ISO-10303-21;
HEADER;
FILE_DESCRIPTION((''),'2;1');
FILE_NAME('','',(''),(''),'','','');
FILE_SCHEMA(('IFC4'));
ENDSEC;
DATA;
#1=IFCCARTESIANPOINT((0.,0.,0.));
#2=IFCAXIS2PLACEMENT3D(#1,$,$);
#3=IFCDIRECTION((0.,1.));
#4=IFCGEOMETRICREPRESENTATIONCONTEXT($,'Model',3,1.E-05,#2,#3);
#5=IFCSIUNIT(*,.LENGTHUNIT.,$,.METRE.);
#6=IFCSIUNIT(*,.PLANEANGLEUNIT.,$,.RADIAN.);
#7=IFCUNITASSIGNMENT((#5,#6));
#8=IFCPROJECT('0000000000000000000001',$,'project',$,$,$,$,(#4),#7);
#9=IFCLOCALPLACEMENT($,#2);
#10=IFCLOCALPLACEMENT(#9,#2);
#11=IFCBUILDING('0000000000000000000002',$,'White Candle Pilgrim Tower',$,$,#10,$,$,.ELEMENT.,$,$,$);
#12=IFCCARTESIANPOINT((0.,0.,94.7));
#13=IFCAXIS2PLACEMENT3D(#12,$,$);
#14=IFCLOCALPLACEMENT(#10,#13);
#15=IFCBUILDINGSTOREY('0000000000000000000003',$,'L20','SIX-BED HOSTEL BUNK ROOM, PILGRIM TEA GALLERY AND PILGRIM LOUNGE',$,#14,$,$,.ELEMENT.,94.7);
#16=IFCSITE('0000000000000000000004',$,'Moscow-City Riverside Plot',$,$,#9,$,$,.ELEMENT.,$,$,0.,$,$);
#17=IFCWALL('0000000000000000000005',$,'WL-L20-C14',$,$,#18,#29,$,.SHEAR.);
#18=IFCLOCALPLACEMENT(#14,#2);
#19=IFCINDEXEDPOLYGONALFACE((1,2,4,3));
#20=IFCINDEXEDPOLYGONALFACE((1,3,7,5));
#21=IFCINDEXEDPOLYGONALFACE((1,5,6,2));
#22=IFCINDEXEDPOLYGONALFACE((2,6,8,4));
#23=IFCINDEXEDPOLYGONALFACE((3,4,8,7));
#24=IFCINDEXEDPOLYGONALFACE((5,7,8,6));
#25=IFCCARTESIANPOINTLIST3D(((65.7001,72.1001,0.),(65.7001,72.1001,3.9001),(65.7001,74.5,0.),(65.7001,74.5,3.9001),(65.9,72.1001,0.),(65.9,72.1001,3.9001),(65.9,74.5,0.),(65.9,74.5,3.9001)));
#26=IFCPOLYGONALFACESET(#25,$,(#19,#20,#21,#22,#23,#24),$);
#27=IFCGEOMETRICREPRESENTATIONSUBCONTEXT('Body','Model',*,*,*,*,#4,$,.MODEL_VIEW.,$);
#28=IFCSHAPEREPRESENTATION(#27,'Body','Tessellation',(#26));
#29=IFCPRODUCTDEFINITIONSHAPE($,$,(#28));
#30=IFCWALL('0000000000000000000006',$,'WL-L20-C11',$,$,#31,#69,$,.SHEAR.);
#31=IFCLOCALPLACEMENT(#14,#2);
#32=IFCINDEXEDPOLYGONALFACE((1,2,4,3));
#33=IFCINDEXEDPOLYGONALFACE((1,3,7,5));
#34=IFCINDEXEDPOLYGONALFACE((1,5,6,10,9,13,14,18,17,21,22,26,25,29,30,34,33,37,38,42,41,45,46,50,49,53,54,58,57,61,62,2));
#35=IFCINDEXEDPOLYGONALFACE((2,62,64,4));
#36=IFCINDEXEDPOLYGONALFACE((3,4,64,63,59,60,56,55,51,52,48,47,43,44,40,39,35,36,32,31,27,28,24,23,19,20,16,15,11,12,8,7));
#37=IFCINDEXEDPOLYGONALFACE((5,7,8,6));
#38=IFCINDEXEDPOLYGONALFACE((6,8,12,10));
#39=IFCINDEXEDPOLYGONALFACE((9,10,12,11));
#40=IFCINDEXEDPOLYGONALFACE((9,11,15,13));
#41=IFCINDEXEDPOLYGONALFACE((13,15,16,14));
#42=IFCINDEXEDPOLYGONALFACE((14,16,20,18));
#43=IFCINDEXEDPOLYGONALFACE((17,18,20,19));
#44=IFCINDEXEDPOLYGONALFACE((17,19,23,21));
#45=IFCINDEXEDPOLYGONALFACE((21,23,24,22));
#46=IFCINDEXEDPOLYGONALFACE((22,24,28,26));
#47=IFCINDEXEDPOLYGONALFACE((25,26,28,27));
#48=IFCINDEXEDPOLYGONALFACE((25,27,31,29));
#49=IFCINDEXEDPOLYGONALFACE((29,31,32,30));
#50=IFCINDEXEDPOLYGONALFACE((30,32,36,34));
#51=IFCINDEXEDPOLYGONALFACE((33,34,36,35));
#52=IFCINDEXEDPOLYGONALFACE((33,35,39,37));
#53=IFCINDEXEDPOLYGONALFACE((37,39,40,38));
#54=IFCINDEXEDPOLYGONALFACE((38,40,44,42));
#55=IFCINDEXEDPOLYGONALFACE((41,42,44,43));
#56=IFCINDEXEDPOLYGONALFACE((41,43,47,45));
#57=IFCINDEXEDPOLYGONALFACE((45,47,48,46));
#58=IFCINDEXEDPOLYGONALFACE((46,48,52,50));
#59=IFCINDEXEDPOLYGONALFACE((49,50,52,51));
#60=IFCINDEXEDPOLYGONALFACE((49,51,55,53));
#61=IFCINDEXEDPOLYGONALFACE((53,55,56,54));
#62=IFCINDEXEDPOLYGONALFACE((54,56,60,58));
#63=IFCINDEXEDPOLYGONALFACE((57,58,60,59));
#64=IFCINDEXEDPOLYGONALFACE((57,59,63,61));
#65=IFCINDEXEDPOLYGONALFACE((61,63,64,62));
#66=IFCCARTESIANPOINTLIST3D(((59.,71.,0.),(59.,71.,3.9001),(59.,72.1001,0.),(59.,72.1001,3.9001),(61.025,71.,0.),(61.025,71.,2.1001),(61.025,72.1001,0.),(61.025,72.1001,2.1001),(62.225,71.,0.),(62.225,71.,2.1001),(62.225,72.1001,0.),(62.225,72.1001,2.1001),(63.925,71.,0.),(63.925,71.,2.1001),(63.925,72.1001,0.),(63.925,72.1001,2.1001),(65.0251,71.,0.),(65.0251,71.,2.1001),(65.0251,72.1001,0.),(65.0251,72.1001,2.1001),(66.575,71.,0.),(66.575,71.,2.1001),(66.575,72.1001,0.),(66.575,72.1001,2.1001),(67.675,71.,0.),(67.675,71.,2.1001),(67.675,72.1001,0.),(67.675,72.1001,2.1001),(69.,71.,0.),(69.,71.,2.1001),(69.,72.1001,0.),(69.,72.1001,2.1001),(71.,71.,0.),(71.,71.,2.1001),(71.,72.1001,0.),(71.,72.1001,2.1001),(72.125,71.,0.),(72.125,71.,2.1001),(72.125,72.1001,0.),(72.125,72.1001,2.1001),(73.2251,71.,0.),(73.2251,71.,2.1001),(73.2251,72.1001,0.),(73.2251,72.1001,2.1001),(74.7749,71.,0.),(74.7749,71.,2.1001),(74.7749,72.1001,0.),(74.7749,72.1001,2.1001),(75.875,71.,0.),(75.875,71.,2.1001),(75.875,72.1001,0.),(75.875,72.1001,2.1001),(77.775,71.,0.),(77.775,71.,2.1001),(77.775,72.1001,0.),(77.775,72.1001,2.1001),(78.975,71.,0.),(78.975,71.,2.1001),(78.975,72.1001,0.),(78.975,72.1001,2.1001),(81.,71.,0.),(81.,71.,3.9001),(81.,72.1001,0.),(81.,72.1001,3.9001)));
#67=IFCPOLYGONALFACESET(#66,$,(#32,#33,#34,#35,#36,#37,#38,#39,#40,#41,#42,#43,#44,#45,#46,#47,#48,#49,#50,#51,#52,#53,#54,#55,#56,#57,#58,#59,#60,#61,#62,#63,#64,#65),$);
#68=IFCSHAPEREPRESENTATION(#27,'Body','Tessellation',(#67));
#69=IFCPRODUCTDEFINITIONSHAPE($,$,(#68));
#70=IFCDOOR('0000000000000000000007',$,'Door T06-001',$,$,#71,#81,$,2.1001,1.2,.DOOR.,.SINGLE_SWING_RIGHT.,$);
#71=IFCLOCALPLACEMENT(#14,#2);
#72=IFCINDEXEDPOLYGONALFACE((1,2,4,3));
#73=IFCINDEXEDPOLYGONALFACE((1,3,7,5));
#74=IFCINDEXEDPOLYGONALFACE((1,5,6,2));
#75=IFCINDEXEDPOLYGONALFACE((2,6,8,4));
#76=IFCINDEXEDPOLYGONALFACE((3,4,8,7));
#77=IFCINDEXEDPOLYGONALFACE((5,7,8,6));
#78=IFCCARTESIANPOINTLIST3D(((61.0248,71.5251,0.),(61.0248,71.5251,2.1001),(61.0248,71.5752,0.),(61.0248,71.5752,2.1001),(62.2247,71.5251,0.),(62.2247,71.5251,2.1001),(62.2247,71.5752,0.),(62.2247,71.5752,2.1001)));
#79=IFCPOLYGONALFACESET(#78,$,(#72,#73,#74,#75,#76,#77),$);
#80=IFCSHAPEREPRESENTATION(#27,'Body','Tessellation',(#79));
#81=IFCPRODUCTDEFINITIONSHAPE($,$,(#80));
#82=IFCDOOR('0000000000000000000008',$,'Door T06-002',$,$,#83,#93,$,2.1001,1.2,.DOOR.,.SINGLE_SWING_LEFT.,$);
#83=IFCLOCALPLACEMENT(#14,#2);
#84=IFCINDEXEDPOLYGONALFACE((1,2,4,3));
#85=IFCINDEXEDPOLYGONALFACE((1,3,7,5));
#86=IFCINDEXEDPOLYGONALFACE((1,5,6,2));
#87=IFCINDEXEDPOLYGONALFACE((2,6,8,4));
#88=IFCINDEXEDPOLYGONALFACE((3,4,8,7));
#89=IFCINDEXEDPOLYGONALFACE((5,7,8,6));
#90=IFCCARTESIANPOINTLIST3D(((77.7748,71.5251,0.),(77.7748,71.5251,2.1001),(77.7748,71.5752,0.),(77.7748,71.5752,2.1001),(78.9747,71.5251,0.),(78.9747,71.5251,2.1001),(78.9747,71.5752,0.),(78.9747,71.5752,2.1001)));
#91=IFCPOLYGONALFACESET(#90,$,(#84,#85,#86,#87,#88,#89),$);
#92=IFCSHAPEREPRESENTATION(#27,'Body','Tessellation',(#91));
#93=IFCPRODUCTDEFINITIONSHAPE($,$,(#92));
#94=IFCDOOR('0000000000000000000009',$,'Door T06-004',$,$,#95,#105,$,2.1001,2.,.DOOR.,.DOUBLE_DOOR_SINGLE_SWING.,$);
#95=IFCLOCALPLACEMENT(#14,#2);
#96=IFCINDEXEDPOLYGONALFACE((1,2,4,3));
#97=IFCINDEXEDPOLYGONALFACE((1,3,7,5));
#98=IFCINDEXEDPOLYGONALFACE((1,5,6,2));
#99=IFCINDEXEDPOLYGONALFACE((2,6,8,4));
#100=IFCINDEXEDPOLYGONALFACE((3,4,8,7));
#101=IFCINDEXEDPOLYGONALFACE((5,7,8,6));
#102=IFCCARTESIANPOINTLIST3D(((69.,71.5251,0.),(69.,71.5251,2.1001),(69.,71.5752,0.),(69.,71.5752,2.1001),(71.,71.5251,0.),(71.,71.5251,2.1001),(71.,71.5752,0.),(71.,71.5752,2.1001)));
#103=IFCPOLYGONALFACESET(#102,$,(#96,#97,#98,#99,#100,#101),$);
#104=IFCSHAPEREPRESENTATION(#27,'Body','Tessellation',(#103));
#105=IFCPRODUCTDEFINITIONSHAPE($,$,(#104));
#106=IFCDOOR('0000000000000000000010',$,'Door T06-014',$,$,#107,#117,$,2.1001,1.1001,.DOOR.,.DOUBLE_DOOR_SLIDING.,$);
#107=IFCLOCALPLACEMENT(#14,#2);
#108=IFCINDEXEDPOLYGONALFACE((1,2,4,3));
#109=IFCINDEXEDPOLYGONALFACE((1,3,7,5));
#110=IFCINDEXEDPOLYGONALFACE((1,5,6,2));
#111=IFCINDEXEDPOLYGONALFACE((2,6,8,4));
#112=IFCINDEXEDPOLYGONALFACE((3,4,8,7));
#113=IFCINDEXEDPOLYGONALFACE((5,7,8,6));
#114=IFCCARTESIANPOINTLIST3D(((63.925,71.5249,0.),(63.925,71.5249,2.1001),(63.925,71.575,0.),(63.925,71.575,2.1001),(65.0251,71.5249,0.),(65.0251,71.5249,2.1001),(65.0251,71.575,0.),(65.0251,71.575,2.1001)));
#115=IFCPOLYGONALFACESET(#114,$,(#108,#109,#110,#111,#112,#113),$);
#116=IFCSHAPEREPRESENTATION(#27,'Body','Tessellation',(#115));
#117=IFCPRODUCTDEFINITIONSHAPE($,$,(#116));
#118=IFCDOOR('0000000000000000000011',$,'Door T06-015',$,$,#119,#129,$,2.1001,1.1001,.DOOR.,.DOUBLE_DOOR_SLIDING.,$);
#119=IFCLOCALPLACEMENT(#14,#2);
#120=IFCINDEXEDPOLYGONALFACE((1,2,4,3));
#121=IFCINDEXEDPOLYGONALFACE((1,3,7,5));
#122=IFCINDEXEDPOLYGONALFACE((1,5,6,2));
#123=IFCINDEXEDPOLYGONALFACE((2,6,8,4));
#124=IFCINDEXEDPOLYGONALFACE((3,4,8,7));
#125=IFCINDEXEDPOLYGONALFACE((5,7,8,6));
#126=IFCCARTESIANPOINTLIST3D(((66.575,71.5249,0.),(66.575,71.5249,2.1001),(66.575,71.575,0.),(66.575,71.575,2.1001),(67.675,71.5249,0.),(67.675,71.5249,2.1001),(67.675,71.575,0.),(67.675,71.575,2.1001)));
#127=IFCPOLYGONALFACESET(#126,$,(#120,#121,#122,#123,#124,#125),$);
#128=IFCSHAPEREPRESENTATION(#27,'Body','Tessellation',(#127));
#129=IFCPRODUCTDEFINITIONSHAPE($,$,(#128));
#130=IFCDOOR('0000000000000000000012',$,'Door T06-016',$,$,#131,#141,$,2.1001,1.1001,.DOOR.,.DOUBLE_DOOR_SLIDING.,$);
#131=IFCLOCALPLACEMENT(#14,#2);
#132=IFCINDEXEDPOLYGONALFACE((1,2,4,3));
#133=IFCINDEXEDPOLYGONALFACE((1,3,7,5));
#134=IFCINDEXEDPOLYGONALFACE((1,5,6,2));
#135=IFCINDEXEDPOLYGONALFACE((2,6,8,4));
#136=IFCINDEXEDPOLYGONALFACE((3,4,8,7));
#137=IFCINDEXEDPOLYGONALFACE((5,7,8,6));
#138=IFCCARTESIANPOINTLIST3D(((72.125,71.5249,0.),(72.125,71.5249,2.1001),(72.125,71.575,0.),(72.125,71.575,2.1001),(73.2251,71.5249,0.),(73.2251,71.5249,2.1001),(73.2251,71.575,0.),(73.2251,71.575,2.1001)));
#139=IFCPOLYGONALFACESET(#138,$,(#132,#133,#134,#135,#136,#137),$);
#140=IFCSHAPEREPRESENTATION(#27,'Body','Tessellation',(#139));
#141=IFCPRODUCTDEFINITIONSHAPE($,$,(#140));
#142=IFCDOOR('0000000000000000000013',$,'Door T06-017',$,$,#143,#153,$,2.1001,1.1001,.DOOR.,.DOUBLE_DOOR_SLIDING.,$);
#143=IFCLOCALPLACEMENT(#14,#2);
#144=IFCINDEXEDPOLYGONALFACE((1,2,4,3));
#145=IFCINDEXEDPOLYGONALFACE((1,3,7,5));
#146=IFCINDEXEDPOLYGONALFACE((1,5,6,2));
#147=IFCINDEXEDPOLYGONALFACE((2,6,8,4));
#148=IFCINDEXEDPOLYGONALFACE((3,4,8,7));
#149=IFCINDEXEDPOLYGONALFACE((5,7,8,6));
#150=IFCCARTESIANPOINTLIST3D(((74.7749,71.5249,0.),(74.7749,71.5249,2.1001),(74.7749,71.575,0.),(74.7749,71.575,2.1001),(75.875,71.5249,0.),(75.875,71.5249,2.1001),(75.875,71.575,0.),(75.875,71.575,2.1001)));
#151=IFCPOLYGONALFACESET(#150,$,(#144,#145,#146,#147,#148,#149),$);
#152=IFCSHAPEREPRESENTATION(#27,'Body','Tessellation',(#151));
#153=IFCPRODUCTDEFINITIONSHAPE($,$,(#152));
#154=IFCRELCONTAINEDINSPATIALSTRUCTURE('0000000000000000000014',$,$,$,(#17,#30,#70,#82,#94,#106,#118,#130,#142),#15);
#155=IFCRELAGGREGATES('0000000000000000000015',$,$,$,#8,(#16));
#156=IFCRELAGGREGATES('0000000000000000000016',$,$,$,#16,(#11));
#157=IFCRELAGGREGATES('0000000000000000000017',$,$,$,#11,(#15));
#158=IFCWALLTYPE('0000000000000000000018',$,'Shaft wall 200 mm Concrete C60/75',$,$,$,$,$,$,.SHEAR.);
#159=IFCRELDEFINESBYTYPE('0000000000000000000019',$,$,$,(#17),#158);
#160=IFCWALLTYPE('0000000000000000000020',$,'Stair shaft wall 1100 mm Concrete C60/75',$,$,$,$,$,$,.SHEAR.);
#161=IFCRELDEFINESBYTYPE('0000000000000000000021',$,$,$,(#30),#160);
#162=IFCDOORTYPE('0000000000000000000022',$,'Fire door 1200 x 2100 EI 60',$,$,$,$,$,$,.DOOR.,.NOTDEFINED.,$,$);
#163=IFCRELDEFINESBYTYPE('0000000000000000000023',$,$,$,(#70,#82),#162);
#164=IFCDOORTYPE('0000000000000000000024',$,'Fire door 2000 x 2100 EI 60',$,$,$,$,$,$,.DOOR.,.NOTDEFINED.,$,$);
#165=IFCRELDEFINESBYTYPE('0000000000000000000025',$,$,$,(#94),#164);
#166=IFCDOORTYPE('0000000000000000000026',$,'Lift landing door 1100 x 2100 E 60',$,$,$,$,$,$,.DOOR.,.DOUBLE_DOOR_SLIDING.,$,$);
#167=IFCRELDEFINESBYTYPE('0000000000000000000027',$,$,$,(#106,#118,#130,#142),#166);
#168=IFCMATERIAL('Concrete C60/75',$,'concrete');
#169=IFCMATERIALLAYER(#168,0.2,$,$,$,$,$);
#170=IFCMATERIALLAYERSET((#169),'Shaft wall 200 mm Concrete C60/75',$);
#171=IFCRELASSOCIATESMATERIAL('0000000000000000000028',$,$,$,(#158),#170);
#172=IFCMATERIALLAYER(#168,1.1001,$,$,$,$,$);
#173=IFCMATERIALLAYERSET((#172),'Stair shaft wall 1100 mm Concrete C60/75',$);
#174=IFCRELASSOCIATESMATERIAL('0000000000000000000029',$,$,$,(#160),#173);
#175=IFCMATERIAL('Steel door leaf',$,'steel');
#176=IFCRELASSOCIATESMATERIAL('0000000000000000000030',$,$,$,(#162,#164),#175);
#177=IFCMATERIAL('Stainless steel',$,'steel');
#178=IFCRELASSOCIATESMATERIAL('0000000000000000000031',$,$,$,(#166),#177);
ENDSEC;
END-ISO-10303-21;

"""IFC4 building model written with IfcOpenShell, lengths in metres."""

from ifc_helpers import new_model, si_unit, direction, frame, frame_2d, origin, place, context, subcontext, project, spatial, rectangle, extrude, material, layer, layer_set, type_object, element, fill, save


model = new_model("IFC4")

# Units and contexts
model_context = context("Model", 3, precision=1e-05, world=origin(), true_north=direction((0.0, 1.0)))
body_context = subcontext(model_context, "Body", "Model", "MODEL_VIEW")
ifc_project = project(units=[si_unit("LENGTHUNIT", "METRE"), si_unit("PLANEANGLEUNIT", "RADIAN")], contexts=[model_context])

# Site, building, storey
site_placement = place(None, origin())
site = spatial("IfcSite", under=ifc_project, at=site_placement, Name="Moscow-City Riverside Plot", CompositionType="ELEMENT", RefElevation=0.0)
building_placement = place(site_placement, origin())
building = spatial("IfcBuilding", under=site, at=building_placement, Name="White Candle Pilgrim Tower", CompositionType="ELEMENT")
storey_placement = place(building_placement, frame((0.0, 0.0, 94.7)))
storey = spatial("IfcBuildingStorey", under=building, at=storey_placement, Name="L20", Description="SIX-BED HOSTEL BUNK ROOM, PILGRIM TEA GALLERY AND PILGRIM LOUNGE", CompositionType="ELEMENT", Elevation=94.7)

# Shared definitions
ifc_material_1 = material(Name="Steel door leaf", Category="steel")

# Wall
ifc_material_2 = material(Name="Concrete C60/75", Category="concrete")
ifc_layer_1 = layer(ifc_material_2, 0.2)
ifc_layer_set_1 = layer_set([ifc_layer_1], Name="Shaft wall 200 mm Concrete C60/75")
wall_type_1 = type_object("IfcWallType", Name="Shaft wall 200 mm Concrete C60/75", PredefinedType="SHEAR", material=ifc_layer_set_1)
wall_1_placement = place(storey_placement, frame((65.8, 72.1001, 0.0), z_axis=(0.0, 0.0, 1.0), x_axis=(0.0, 1.0, 0.0)))
element("IfcWall", 1, at=wall_1_placement, inside=storey, type_object=wall_type_1, Name="WL-L20-C14", PredefinedType="SHEAR", context=body_context, shape_type="SweptSolid", body=[
    extrude(rectangle(XDim=2.3999, YDim=0.2, at=frame_2d((1.2, 0.0))), origin(), (0.0, 0.0, 1.0), 3.9001),
])

# Wall, openings, doors
ifc_layer_2 = layer(ifc_material_2, 1.1001)
ifc_layer_set_2 = layer_set([ifc_layer_2], Name="Stair shaft wall 1100 mm Concrete C60/75")
wall_type_2 = type_object("IfcWallType", Name="Stair shaft wall 1100 mm Concrete C60/75", PredefinedType="SHEAR", material=ifc_layer_set_2)
wall_2_placement = place(storey_placement, frame((59.0, 71.55, 0.0), z_axis=(0.0, 0.0, 1.0), x_axis=(1.0, 0.0, 0.0)))
wall_2 = element("IfcWall", 2, at=wall_2_placement, inside=storey, type_object=wall_type_2, Name="WL-L20-C11", PredefinedType="SHEAR", context=body_context, shape_type="SweptSolid", body=[
    extrude(rectangle(XDim=22.0, YDim=1.1001, at=frame_2d((11.0, 0.0))), origin(), (0.0, 0.0, 1.0), 3.9001),
])
opening_1_placement = place(wall_2_placement, frame((2.0249, 0.0, 0.0)))
opening_1 = element("IfcOpeningElement", 3, at=opening_1_placement, cuts=wall_2, PredefinedType="OPENING", context=body_context, shape_type="SweptSolid", body=[
    extrude(rectangle(XDim=1.2, YDim=2.1001, at=frame_2d((0.6001, 1.05))), frame((0.0, 0.5601, 0.0), z_axis=(0.0, -1.0, 0.0), x_axis=(1.0, 0.0, 0.0)), (0.0, 0.0, 1.0), 1.1201),
])
opening_2_placement = place(wall_2_placement, frame((18.7749, 0.0, 0.0)))
opening_2 = element("IfcOpeningElement", 4, at=opening_2_placement, cuts=wall_2, PredefinedType="OPENING", context=body_context, shape_type="SweptSolid", body=[
    extrude(rectangle(XDim=1.2, YDim=2.1001, at=frame_2d((0.6001, 1.05))), frame((0.0, 0.5601, 0.0), z_axis=(0.0, -1.0, 0.0), x_axis=(1.0, 0.0, 0.0)), (0.0, 0.0, 1.0), 1.1201),
])
opening_3_placement = place(wall_2_placement, frame((10.0, 0.0, 0.0)))
opening_3 = element("IfcOpeningElement", 5, at=opening_3_placement, cuts=wall_2, PredefinedType="OPENING", context=body_context, shape_type="SweptSolid", body=[
    extrude(rectangle(XDim=2.0, YDim=2.1001, at=frame_2d((1.0, 1.05))), frame((0.0, 0.5601, 0.0), z_axis=(0.0, -1.0, 0.0), x_axis=(1.0, 0.0, 0.0)), (0.0, 0.0, 1.0), 1.1201),
])
opening_4_placement = place(wall_2_placement, frame((4.925, 0.0, 0.0)))
opening_4 = element("IfcOpeningElement", 6, at=opening_4_placement, cuts=wall_2, PredefinedType="OPENING", context=body_context, shape_type="SweptSolid", body=[
    extrude(rectangle(XDim=1.1001, YDim=2.1001, at=frame_2d((0.55, 1.05))), frame((0.0, 0.5601, 0.0), z_axis=(0.0, -1.0, 0.0), x_axis=(1.0, 0.0, 0.0)), (0.0, 0.0, 1.0), 1.1201),
])
opening_5_placement = place(wall_2_placement, frame((7.575, 0.0, 0.0)))
opening_5 = element("IfcOpeningElement", 7, at=opening_5_placement, cuts=wall_2, PredefinedType="OPENING", context=body_context, shape_type="SweptSolid", body=[
    extrude(rectangle(XDim=1.1001, YDim=2.1001, at=frame_2d((0.55, 1.05))), frame((0.0, 0.5601, 0.0), z_axis=(0.0, -1.0, 0.0), x_axis=(1.0, 0.0, 0.0)), (0.0, 0.0, 1.0), 1.1201),
])
opening_6_placement = place(wall_2_placement, frame((13.125, 0.0, 0.0)))
opening_6 = element("IfcOpeningElement", 8, at=opening_6_placement, cuts=wall_2, PredefinedType="OPENING", context=body_context, shape_type="SweptSolid", body=[
    extrude(rectangle(XDim=1.1001, YDim=2.1001, at=frame_2d((0.55, 1.05))), frame((0.0, 0.5601, 0.0), z_axis=(0.0, -1.0, 0.0), x_axis=(1.0, 0.0, 0.0)), (0.0, 0.0, 1.0), 1.1201),
])
opening_7_placement = place(wall_2_placement, frame((15.7749, 0.0, 0.0)))
opening_7 = element("IfcOpeningElement", 9, at=opening_7_placement, cuts=wall_2, PredefinedType="OPENING", context=body_context, shape_type="SweptSolid", body=[
    extrude(rectangle(XDim=1.1001, YDim=2.1001, at=frame_2d((0.55, 1.05))), frame((0.0, 0.5601, 0.0), z_axis=(0.0, -1.0, 0.0), x_axis=(1.0, 0.0, 0.0)), (0.0, 0.0, 1.0), 1.1201),
])
door_type_1 = type_object("IfcDoorType", Name="Fire door 1200 x 2100 EI 60", OperationType="NOTDEFINED", PredefinedType="DOOR", material=ifc_material_1)
door_1_placement = place(opening_1_placement, frame((1.2, 0.0, 0.0), z_axis=(0.0, 0.0, 1.0), x_axis=(-1.0, 0.0, 0.0)))
door_1 = element("IfcDoor", 10, at=door_1_placement, inside=storey, type_object=door_type_1, Name="Door T06-001", OperationType="SINGLE_SWING_RIGHT", OverallHeight=2.1001, OverallWidth=1.2, PredefinedType="DOOR", context=body_context, shape_type="SweptSolid", body=[
    extrude(rectangle(XDim=1.2, YDim=2.1001, at=frame_2d((0.6001, 1.05))), frame((0.0, 0.0249, 0.0), z_axis=(0.0, -1.0, 0.0), x_axis=(1.0, 0.0, 0.0)), (0.0, 0.0, 1.0), 0.05),
])
fill(opening_1, door_1)
door_2_placement = place(opening_2_placement, frame((1.2, 0.0, 0.0), z_axis=(0.0, 0.0, 1.0), x_axis=(-1.0, 0.0, 0.0)))
door_2 = element("IfcDoor", 11, at=door_2_placement, inside=storey, type_object=door_type_1, Name="Door T06-002", OperationType="SINGLE_SWING_LEFT", OverallHeight=2.1001, OverallWidth=1.2, PredefinedType="DOOR", context=body_context, shape_type="SweptSolid", body=[
    extrude(rectangle(XDim=1.2, YDim=2.1001, at=frame_2d((0.6001, 1.05))), frame((0.0, 0.0249, 0.0), z_axis=(0.0, -1.0, 0.0), x_axis=(1.0, 0.0, 0.0)), (0.0, 0.0, 1.0), 0.05),
])
fill(opening_2, door_2)
door_type_2 = type_object("IfcDoorType", Name="Fire door 2000 x 2100 EI 60", OperationType="NOTDEFINED", PredefinedType="DOOR", material=ifc_material_1)
door_3_placement = place(opening_3_placement, frame((2.0, 0.0, 0.0), z_axis=(0.0, 0.0, 1.0), x_axis=(-1.0, 0.0, 0.0)))
door_3 = element("IfcDoor", 12, at=door_3_placement, inside=storey, type_object=door_type_2, Name="Door T06-004", OperationType="DOUBLE_DOOR_SINGLE_SWING", OverallHeight=2.1001, OverallWidth=2.0, PredefinedType="DOOR", context=body_context, shape_type="SweptSolid", body=[
    extrude(rectangle(XDim=2.0, YDim=2.1001, at=frame_2d((1.0, 1.05))), frame((0.0, 0.0249, 0.0), z_axis=(0.0, -1.0, 0.0), x_axis=(1.0, 0.0, 0.0)), (0.0, 0.0, 1.0), 0.05),
])
fill(opening_3, door_3)
ifc_material_3 = material(Name="Stainless steel", Category="steel")
door_type_3 = type_object("IfcDoorType", Name="Lift landing door 1100 x 2100 E 60", OperationType="DOUBLE_DOOR_SLIDING", PredefinedType="DOOR", material=ifc_material_3)
door_4_placement = place(opening_4_placement, origin())
door_4 = element("IfcDoor", 13, at=door_4_placement, inside=storey, type_object=door_type_3, Name="Door T06-014", OperationType="DOUBLE_DOOR_SLIDING", OverallHeight=2.1001, OverallWidth=1.1001, PredefinedType="DOOR", context=body_context, shape_type="SweptSolid", body=[
    extrude(rectangle(XDim=1.1001, YDim=2.1001, at=frame_2d((0.55, 1.05))), frame((0.0, 0.0249, 0.0), z_axis=(0.0, -1.0, 0.0), x_axis=(1.0, 0.0, 0.0)), (0.0, 0.0, 1.0), 0.05),
])
fill(opening_4, door_4)
door_5_placement = place(opening_5_placement, origin())
door_5 = element("IfcDoor", 14, at=door_5_placement, inside=storey, type_object=door_type_3, Name="Door T06-015", OperationType="DOUBLE_DOOR_SLIDING", OverallHeight=2.1001, OverallWidth=1.1001, PredefinedType="DOOR", context=body_context, shape_type="SweptSolid", body=[
    extrude(rectangle(XDim=1.1001, YDim=2.1001, at=frame_2d((0.55, 1.05))), frame((0.0, 0.0249, 0.0), z_axis=(0.0, -1.0, 0.0), x_axis=(1.0, 0.0, 0.0)), (0.0, 0.0, 1.0), 0.05),
])
fill(opening_5, door_5)
door_6_placement = place(opening_6_placement, origin())
door_6 = element("IfcDoor", 15, at=door_6_placement, inside=storey, type_object=door_type_3, Name="Door T06-016", OperationType="DOUBLE_DOOR_SLIDING", OverallHeight=2.1001, OverallWidth=1.1001, PredefinedType="DOOR", context=body_context, shape_type="SweptSolid", body=[
    extrude(rectangle(XDim=1.1001, YDim=2.1001, at=frame_2d((0.55, 1.05))), frame((0.0, 0.0249, 0.0), z_axis=(0.0, -1.0, 0.0), x_axis=(1.0, 0.0, 0.0)), (0.0, 0.0, 1.0), 0.05),
])
fill(opening_6, door_6)
door_7_placement = place(opening_7_placement, origin())
door_7 = element("IfcDoor", 16, at=door_7_placement, inside=storey, type_object=door_type_3, Name="Door T06-017", OperationType="DOUBLE_DOOR_SLIDING", OverallHeight=2.1001, OverallWidth=1.1001, PredefinedType="DOOR", context=body_context, shape_type="SweptSolid", body=[
    extrude(rectangle(XDim=1.1001, YDim=2.1001, at=frame_2d((0.55, 1.05))), frame((0.0, 0.0249, 0.0), z_axis=(0.0, -1.0, 0.0), x_axis=(1.0, 0.0, 0.0)), (0.0, 0.0, 1.0), 0.05),
])
fill(opening_7, door_7)

save(model, "model.ifc")
